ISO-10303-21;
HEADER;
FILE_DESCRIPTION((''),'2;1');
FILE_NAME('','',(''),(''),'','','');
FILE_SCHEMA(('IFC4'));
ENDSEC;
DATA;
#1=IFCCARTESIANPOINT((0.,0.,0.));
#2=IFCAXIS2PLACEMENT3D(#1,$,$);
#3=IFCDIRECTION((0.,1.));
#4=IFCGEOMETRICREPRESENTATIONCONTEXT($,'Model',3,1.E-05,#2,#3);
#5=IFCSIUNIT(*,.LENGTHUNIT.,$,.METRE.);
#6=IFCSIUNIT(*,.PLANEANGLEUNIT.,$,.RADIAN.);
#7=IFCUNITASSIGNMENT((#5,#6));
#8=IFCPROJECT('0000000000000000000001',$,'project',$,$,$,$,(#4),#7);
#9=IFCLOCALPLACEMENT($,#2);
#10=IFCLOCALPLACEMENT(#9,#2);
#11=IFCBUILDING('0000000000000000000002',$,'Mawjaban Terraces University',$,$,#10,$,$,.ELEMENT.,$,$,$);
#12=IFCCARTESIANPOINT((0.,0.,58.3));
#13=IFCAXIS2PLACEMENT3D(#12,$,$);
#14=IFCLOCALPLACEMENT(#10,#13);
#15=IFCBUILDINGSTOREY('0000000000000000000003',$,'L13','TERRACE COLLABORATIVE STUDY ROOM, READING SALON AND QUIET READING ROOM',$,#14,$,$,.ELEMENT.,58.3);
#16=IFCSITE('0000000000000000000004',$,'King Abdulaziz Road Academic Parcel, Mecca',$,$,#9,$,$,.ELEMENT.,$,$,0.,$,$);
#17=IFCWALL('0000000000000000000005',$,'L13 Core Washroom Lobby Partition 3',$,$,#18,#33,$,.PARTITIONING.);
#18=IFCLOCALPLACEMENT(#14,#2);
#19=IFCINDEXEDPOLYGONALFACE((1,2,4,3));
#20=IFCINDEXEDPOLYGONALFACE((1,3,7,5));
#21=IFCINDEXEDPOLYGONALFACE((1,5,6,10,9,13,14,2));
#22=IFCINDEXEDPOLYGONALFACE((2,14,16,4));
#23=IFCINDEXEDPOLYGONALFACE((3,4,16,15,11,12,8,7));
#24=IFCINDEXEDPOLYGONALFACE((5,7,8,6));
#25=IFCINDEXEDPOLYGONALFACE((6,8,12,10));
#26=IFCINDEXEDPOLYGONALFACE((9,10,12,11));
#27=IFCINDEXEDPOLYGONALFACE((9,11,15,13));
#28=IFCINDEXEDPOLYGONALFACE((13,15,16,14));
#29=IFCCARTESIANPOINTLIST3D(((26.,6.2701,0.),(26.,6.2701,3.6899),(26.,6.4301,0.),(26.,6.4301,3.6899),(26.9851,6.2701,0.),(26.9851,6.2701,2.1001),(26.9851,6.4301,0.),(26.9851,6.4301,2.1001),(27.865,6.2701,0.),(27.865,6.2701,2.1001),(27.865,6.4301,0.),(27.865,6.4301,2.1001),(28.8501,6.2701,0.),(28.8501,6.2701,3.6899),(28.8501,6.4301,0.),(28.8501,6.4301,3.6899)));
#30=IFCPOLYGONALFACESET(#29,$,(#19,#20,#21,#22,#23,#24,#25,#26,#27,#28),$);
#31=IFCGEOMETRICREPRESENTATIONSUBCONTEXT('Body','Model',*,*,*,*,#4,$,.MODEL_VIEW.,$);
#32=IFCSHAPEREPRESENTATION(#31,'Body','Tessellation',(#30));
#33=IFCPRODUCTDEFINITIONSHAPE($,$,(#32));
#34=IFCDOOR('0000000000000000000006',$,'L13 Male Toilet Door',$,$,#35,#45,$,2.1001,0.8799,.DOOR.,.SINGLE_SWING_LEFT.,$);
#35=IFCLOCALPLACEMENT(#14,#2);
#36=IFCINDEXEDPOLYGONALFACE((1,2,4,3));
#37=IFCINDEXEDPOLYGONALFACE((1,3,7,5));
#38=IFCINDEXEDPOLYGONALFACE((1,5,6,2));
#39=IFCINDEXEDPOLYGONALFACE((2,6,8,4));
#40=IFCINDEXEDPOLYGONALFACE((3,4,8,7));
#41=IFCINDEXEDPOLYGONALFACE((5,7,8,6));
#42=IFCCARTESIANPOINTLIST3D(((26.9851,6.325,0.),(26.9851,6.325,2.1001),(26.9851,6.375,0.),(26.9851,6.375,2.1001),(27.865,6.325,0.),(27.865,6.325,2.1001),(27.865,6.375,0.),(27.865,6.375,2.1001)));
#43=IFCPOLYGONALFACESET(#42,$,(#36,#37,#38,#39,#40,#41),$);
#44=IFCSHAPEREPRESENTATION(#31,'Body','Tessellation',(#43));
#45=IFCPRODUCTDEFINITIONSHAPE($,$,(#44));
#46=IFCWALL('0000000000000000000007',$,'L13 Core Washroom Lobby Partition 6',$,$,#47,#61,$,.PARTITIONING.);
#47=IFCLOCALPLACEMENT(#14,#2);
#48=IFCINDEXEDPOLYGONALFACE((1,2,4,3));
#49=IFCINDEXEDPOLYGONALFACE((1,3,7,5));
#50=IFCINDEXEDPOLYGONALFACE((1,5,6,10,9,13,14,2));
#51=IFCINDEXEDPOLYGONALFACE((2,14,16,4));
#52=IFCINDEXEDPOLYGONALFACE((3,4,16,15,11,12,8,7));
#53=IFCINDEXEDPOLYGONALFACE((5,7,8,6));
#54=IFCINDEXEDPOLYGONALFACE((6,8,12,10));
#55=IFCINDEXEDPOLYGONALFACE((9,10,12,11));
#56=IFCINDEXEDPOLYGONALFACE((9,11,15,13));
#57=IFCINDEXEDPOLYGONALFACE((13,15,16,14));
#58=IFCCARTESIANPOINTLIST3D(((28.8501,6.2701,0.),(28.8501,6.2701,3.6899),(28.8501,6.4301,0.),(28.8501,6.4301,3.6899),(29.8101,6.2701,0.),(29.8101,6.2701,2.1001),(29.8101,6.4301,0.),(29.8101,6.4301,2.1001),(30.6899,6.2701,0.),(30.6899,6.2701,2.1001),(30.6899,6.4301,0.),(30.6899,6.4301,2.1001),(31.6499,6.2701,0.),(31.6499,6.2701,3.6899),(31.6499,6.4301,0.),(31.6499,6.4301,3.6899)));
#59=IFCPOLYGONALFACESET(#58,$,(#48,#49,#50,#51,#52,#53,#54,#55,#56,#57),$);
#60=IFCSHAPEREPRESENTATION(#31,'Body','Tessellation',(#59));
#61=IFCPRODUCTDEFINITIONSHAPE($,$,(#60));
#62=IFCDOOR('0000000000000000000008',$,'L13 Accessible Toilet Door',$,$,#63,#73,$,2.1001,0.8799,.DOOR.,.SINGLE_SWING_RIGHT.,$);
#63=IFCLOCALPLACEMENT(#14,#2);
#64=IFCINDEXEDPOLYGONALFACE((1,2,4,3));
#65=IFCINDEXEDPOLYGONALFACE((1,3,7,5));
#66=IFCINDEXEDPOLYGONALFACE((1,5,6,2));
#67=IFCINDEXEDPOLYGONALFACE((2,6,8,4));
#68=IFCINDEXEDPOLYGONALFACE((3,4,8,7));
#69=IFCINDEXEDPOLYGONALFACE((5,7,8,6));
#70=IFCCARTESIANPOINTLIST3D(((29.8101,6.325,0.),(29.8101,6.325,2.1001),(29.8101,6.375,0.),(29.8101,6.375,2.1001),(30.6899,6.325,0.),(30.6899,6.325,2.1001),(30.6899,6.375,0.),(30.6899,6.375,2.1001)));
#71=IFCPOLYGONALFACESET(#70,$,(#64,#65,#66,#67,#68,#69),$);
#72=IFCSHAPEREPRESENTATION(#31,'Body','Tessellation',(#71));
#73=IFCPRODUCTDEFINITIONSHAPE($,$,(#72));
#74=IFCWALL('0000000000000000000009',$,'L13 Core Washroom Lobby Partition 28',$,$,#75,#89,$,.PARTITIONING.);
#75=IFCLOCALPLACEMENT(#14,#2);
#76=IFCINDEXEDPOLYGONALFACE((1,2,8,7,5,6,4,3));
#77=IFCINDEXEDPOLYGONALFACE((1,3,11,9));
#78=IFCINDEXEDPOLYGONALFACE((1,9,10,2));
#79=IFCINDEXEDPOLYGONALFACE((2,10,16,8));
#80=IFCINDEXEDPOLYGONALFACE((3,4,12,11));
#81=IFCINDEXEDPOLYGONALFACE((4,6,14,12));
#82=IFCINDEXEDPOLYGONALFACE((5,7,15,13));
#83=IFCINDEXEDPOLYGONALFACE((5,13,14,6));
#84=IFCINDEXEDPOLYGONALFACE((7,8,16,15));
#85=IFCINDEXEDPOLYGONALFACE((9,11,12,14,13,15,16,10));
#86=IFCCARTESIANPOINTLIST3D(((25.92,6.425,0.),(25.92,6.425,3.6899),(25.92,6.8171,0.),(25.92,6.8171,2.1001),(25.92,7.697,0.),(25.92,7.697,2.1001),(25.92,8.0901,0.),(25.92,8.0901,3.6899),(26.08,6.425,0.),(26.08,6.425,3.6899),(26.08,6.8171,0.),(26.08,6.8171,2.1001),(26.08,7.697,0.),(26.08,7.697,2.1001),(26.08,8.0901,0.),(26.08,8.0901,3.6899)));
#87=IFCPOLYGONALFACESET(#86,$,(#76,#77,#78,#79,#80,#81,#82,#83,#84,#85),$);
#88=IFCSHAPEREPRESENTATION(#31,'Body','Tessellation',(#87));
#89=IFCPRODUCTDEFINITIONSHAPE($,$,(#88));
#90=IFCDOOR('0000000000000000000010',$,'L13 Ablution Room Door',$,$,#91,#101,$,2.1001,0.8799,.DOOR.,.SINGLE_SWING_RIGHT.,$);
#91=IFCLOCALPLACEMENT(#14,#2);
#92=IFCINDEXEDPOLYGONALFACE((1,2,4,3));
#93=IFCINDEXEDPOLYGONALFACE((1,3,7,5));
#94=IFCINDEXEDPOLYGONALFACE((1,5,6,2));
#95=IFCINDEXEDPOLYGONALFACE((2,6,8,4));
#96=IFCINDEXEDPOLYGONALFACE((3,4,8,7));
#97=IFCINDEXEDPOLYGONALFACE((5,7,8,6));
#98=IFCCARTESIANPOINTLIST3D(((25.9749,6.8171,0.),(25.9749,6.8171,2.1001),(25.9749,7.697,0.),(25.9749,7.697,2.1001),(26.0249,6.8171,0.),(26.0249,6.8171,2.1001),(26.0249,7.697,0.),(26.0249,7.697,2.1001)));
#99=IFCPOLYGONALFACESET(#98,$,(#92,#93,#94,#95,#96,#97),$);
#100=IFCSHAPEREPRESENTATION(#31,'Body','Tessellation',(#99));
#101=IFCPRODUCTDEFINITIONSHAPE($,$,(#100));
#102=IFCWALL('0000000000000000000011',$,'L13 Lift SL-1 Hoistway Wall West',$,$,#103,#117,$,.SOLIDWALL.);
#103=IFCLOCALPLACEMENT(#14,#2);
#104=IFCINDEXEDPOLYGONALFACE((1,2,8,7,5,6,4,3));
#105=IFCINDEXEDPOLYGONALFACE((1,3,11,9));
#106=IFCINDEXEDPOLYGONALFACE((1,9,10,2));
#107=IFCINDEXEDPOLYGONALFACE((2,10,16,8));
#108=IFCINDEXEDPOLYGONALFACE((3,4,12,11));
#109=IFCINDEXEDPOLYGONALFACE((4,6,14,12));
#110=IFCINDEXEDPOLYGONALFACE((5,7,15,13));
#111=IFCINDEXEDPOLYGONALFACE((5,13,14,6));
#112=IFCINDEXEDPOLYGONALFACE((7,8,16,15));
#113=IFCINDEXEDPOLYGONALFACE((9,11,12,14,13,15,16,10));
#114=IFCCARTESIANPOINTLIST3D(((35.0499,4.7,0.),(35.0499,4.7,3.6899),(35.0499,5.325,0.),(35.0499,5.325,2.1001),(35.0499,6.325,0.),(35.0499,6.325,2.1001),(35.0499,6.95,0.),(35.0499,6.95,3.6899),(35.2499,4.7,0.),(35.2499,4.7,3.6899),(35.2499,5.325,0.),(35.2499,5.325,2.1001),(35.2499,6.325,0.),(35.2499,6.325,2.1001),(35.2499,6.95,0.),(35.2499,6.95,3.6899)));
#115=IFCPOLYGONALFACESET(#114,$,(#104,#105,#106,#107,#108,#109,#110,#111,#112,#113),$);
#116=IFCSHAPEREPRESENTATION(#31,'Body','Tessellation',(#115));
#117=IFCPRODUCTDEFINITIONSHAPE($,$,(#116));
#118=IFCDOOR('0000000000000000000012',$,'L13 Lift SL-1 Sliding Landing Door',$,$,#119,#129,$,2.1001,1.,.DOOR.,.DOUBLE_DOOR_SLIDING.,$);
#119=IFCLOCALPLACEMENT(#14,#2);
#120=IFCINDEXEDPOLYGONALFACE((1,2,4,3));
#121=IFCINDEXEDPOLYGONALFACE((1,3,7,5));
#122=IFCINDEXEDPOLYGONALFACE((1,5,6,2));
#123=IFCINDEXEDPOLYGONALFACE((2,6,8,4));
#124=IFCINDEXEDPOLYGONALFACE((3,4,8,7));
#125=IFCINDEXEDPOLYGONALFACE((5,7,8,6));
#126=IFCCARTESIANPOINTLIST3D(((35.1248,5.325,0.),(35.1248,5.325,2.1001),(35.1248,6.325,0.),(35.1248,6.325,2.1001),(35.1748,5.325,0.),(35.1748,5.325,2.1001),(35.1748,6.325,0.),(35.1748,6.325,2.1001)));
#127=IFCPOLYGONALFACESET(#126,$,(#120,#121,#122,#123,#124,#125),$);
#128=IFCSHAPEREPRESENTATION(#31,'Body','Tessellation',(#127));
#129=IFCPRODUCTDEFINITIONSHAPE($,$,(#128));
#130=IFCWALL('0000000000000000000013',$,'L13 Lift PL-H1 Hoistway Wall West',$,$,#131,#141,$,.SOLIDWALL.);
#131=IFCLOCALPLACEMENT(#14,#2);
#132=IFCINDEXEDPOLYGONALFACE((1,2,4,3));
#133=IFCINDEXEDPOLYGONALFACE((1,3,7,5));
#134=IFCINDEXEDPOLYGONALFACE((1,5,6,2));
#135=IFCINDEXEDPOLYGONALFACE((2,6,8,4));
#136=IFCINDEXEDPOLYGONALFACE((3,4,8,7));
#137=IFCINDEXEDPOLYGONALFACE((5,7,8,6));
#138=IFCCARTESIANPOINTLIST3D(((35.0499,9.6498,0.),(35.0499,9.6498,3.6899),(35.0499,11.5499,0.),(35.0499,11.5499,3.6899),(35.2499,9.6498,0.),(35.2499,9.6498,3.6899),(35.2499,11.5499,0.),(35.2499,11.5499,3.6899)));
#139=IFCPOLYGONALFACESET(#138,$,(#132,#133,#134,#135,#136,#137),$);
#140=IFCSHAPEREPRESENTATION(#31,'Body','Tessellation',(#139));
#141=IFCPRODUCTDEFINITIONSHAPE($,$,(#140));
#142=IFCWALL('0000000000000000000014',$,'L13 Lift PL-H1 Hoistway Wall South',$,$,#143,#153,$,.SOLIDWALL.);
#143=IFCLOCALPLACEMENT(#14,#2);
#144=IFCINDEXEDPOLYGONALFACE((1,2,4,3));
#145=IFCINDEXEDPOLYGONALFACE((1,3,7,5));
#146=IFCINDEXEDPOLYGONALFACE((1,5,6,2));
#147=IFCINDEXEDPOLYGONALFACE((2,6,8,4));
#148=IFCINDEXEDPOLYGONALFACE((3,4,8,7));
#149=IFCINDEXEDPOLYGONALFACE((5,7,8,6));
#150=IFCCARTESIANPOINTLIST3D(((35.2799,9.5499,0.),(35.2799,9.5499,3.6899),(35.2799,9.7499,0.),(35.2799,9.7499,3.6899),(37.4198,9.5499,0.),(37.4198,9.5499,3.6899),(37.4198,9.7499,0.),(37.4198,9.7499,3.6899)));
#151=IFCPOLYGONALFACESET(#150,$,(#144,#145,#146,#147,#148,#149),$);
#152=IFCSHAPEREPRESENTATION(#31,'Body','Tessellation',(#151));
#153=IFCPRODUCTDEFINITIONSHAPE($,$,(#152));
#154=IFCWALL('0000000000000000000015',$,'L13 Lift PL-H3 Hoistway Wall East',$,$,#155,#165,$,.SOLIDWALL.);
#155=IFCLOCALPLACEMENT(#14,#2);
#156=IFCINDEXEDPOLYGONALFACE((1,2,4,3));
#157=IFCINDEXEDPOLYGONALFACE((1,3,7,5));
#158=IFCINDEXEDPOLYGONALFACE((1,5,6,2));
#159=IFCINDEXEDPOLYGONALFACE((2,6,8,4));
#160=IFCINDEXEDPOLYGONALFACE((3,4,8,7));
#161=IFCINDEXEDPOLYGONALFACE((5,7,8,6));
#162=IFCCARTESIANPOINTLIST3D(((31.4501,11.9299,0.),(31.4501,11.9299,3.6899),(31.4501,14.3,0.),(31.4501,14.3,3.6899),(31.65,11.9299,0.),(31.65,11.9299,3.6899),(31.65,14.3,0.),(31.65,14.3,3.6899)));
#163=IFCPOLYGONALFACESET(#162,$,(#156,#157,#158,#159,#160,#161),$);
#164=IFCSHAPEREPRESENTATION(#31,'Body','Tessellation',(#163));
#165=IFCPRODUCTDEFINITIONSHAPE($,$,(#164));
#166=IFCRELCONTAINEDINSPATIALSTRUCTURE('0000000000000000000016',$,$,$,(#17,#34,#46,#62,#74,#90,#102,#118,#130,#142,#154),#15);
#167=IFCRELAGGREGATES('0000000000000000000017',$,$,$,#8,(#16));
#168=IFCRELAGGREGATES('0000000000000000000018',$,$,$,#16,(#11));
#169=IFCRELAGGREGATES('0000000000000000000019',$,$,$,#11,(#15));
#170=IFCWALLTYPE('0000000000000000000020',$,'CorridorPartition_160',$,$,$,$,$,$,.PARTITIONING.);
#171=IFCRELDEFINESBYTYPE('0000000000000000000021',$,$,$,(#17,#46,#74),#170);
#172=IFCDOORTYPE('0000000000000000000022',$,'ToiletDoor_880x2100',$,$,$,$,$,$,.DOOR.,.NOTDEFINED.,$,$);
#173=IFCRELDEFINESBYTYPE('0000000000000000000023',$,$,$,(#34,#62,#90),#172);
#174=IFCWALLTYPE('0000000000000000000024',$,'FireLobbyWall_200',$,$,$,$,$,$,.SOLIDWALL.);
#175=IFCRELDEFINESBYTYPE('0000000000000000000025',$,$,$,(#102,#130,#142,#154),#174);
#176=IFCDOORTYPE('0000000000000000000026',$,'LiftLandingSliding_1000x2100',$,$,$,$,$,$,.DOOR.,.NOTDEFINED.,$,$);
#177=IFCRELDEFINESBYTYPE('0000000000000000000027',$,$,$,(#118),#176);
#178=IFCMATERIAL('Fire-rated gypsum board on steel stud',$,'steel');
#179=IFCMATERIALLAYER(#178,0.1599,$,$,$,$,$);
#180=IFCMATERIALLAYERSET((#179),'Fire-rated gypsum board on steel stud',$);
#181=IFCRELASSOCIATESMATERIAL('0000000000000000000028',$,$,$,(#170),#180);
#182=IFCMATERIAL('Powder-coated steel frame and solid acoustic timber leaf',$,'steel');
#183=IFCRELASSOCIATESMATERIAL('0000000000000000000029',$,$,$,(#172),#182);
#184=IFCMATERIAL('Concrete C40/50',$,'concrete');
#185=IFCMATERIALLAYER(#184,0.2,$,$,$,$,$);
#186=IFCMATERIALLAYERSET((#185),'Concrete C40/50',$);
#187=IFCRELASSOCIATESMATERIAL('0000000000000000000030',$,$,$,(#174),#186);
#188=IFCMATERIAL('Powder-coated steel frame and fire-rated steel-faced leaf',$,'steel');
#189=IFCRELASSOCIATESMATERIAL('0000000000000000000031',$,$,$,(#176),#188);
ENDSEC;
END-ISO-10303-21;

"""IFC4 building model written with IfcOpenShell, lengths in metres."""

from ifc_helpers import new_model, si_unit, direction, frame, frame_2d, origin, place, context, subcontext, project, spatial, rectangle, extrude, material, layer, layer_set, type_object, element, fill, save


model = new_model("IFC4")

# Units and contexts
model_context = context("Model", 3, precision=1e-05, world=origin(), true_north=direction((0.0, 1.0)))
body_context = subcontext(model_context, "Body", "Model", "MODEL_VIEW")
ifc_project = project(units=[si_unit("LENGTHUNIT", "METRE"), si_unit("PLANEANGLEUNIT", "RADIAN")], contexts=[model_context])

# Site, building, storey
site_placement = place(None, origin())
site = spatial("IfcSite", under=ifc_project, at=site_placement, Name="King Abdulaziz Road Academic Parcel, Mecca", CompositionType="ELEMENT", RefElevation=0.0)
building_placement = place(site_placement, origin())
building = spatial("IfcBuilding", under=site, at=building_placement, Name="Mawjaban Terraces University", CompositionType="ELEMENT")
storey_placement = place(building_placement, frame((0.0, 0.0, 58.3)))
storey = spatial("IfcBuildingStorey", under=building, at=storey_placement, Name="L13", Description="TERRACE COLLABORATIVE STUDY ROOM, READING SALON AND QUIET READING ROOM", CompositionType="ELEMENT", Elevation=58.3)

# Walls, openings, doors
ifc_material_1 = material(Name="Fire-rated gypsum board on steel stud", Category="steel")
ifc_layer_1 = layer(ifc_material_1, 0.1599)
ifc_layer_set_1 = layer_set([ifc_layer_1], Name="Fire-rated gypsum board on steel stud")
wall_type_1 = type_object("IfcWallType", Name="CorridorPartition_160", PredefinedType="PARTITIONING", material=ifc_layer_set_1)
wall_1_placement = place(storey_placement, frame((26.0, 6.3501, 0.0), z_axis=(0.0, 0.0, 1.0), x_axis=(1.0, 0.0, 0.0)))
wall_1 = element("IfcWall", 1, at=wall_1_placement, inside=storey, type_object=wall_type_1, Name="L13 Core Washroom Lobby Partition 3", PredefinedType="PARTITIONING", context=body_context, shape_type="SweptSolid", body=[
    extrude(rectangle(XDim=2.8501, YDim=0.1599, at=frame_2d((1.425, 0.0))), origin(), (0.0, 0.0, 1.0), 3.6899),
])
opening_1_placement = place(wall_1_placement, frame((0.9851, 0.0, 0.0)))
opening_1 = element("IfcOpeningElement", 2, at=opening_1_placement, cuts=wall_1, PredefinedType="OPENING", context=body_context, shape_type="SweptSolid", body=[
    extrude(rectangle(XDim=0.8799, YDim=2.1001, at=frame_2d((0.4399, 1.05))), frame((0.0, 0.0898, 0.0), z_axis=(0.0, -1.0, 0.0), x_axis=(1.0, 0.0, 0.0)), (0.0, 0.0, 1.0), 0.1799),
])
ifc_material_2 = material(Name="Powder-coated steel frame and solid acoustic timber leaf", Category="steel")
door_type_1 = type_object("IfcDoorType", Name="ToiletDoor_880x2100", OperationType="NOTDEFINED", PredefinedType="DOOR", material=ifc_material_2)
door_1_placement = place(opening_1_placement, origin())
door_1 = element("IfcDoor", 3, at=door_1_placement, inside=storey, type_object=door_type_1, Name="L13 Male Toilet Door", OperationType="SINGLE_SWING_LEFT", OverallHeight=2.1001, OverallWidth=0.8799, PredefinedType="DOOR", context=body_context, shape_type="SweptSolid", body=[
    extrude(rectangle(XDim=0.8799, YDim=2.1001, at=frame_2d((0.4399, 1.05))), frame((0.0, 0.0249, 0.0), z_axis=(0.0, -1.0, 0.0), x_axis=(1.0, 0.0, 0.0)), (0.0, 0.0, 1.0), 0.05),
])
fill(opening_1, door_1)
wall_2_placement = place(storey_placement, frame((28.8501, 6.3501, 0.0), z_axis=(0.0, 0.0, 1.0), x_axis=(1.0, 0.0, 0.0)))
wall_2 = element("IfcWall", 4, at=wall_2_placement, inside=storey, type_object=wall_type_1, Name="L13 Core Washroom Lobby Partition 6", PredefinedType="PARTITIONING", context=body_context, shape_type="SweptSolid", body=[
    extrude(rectangle(XDim=2.7998, YDim=0.1599, at=frame_2d((1.3999, 0.0))), origin(), (0.0, 0.0, 1.0), 3.6899),
])
opening_2_placement = place(wall_2_placement, frame((0.96, 0.0, 0.0)))
opening_2 = element("IfcOpeningElement", 5, at=opening_2_placement, cuts=wall_2, PredefinedType="OPENING", context=body_context, shape_type="SweptSolid", body=[
    extrude(rectangle(XDim=0.8799, YDim=2.1001, at=frame_2d((0.4399, 1.05))), frame((0.0, 0.0898, 0.0), z_axis=(0.0, -1.0, 0.0), x_axis=(1.0, 0.0, 0.0)), (0.0, 0.0, 1.0), 0.1799),
])
door_2_placement = place(opening_2_placement, origin())
door_2 = element("IfcDoor", 6, at=door_2_placement, inside=storey, type_object=door_type_1, Name="L13 Accessible Toilet Door", OperationType="SINGLE_SWING_RIGHT", OverallHeight=2.1001, OverallWidth=0.8799, PredefinedType="DOOR", context=body_context, shape_type="SweptSolid", body=[
    extrude(rectangle(XDim=0.8799, YDim=2.1001, at=frame_2d((0.4399, 1.05))), frame((0.0, 0.0249, 0.0), z_axis=(0.0, -1.0, 0.0), x_axis=(1.0, 0.0, 0.0)), (0.0, 0.0, 1.0), 0.05),
])
fill(opening_2, door_2)
wall_3_placement = place(storey_placement, frame((26.0, 8.0901, 0.0), z_axis=(0.0, 0.0, 1.0), x_axis=(0.0, -1.0, 0.0)))
wall_3 = element("IfcWall", 7, at=wall_3_placement, inside=storey, type_object=wall_type_1, Name="L13 Core Washroom Lobby Partition 28", PredefinedType="PARTITIONING", context=body_context, shape_type="SweptSolid", body=[
    extrude(rectangle(XDim=1.665, YDim=0.1599, at=frame_2d((0.8325, 0.0))), origin(), (0.0, 0.0, 1.0), 3.6899),
])
opening_3_placement = place(wall_3_placement, frame((0.3931, 0.0, 0.0)))
opening_3 = element("IfcOpeningElement", 8, at=opening_3_placement, cuts=wall_3, PredefinedType="OPENING", context=body_context, shape_type="SweptSolid", body=[
    extrude(rectangle(XDim=0.8799, YDim=2.1001, at=frame_2d((0.4399, 1.05))), frame((0.0, 0.0898, 0.0), z_axis=(0.0, -1.0, 0.0), x_axis=(1.0, 0.0, 0.0)), (0.0, 0.0, 1.0), 0.1799),
])
door_3_placement = place(opening_3_placement, origin())
door_3 = element("IfcDoor", 9, at=door_3_placement, inside=storey, type_object=door_type_1, Name="L13 Ablution Room Door", OperationType="SINGLE_SWING_RIGHT", OverallHeight=2.1001, OverallWidth=0.8799, PredefinedType="DOOR", context=body_context, shape_type="SweptSolid", body=[
    extrude(rectangle(XDim=0.8799, YDim=2.1001, at=frame_2d((0.4399, 1.05))), frame((0.0, 0.0249, 0.0), z_axis=(0.0, -1.0, 0.0), x_axis=(1.0, 0.0, 0.0)), (0.0, 0.0, 1.0), 0.05),
])
fill(opening_3, door_3)
ifc_material_3 = material(Name="Concrete C40/50", Category="concrete")
ifc_layer_2 = layer(ifc_material_3, 0.2)
ifc_layer_set_2 = layer_set([ifc_layer_2], Name="Concrete C40/50")
wall_type_2 = type_object("IfcWallType", Name="FireLobbyWall_200", PredefinedType="SOLIDWALL", material=ifc_layer_set_2)
wall_4_placement = place(storey_placement, frame((35.1499, 6.95, 0.0), z_axis=(0.0, 0.0, 1.0), x_axis=(0.0, -1.0, 0.0)))
wall_4 = element("IfcWall", 10, at=wall_4_placement, inside=storey, type_object=wall_type_2, Name="L13 Lift SL-1 Hoistway Wall West", PredefinedType="SOLIDWALL", context=body_context, shape_type="SweptSolid", body=[
    extrude(rectangle(XDim=2.25, YDim=0.2, at=frame_2d((1.125, 0.0))), origin(), (0.0, 0.0, 1.0), 3.6899),
])
opening_4_placement = place(wall_4_placement, frame((0.625, 0.0, 0.0)))
opening_4 = element("IfcOpeningElement", 11, at=opening_4_placement, cuts=wall_4, PredefinedType="OPENING", context=body_context, shape_type="SweptSolid", body=[
    extrude(rectangle(XDim=1.0, YDim=2.1001, at=frame_2d((0.5, 1.05))), frame((0.0, 0.1099, 0.0), z_axis=(0.0, -1.0, 0.0), x_axis=(1.0, 0.0, 0.0)), (0.0, 0.0, 1.0), 0.22),
])
ifc_material_4 = material(Name="Powder-coated steel frame and fire-rated steel-faced leaf", Category="steel")
door_type_2 = type_object("IfcDoorType", Name="LiftLandingSliding_1000x2100", OperationType="NOTDEFINED", PredefinedType="DOOR", material=ifc_material_4)
door_4_placement = place(opening_4_placement, origin())
door_4 = element("IfcDoor", 12, at=door_4_placement, inside=storey, type_object=door_type_2, Name="L13 Lift SL-1 Sliding Landing Door", OperationType="DOUBLE_DOOR_SLIDING", OverallHeight=2.1001, OverallWidth=1.0, PredefinedType="DOOR", context=body_context, shape_type="SweptSolid", body=[
    extrude(rectangle(XDim=1.0, YDim=2.1001, at=frame_2d((0.5, 1.05))), frame((0.0, 0.0249, 0.0), z_axis=(0.0, -1.0, 0.0), x_axis=(1.0, 0.0, 0.0)), (0.0, 0.0, 1.0), 0.05),
])
fill(opening_4, door_4)

# Walls
wall_5_placement = place(storey_placement, frame((35.1499, 11.55, 0.0), z_axis=(0.0, 0.0, 1.0), x_axis=(0.0, -1.0, 0.0)))
element("IfcWall", 13, at=wall_5_placement, inside=storey, type_object=wall_type_2, Name="L13 Lift PL-H1 Hoistway Wall West", PredefinedType="SOLIDWALL", context=body_context, shape_type="SweptSolid", body=[
    extrude(rectangle(XDim=1.9001, YDim=0.2, at=frame_2d((0.9502, 0.0))), origin(), (0.0, 0.0, 1.0), 3.6899),
])
wall_6_placement = place(storey_placement, frame((35.28, 9.6499, 0.0), z_axis=(0.0, 0.0, 1.0), x_axis=(1.0, 0.0, 0.0)))
element("IfcWall", 14, at=wall_6_placement, inside=storey, type_object=wall_type_2, Name="L13 Lift PL-H1 Hoistway Wall South", PredefinedType="SOLIDWALL", context=body_context, shape_type="SweptSolid", body=[
    extrude(rectangle(XDim=2.1399, YDim=0.2, at=frame_2d((1.0698, 0.0))), origin(), (0.0, 0.0, 1.0), 3.6899),
])
wall_7_placement = place(storey_placement, frame((31.55, 11.9299, 0.0), z_axis=(0.0, 0.0, 1.0), x_axis=(0.0, 1.0, 0.0)))
element("IfcWall", 15, at=wall_7_placement, inside=storey, type_object=wall_type_2, Name="L13 Lift PL-H3 Hoistway Wall East", PredefinedType="SOLIDWALL", context=body_context, shape_type="SweptSolid", body=[
    extrude(rectangle(XDim=2.3701, YDim=0.2, at=frame_2d((1.1851, 0.0))), origin(), (0.0, 0.0, 1.0), 3.6899),
])

save(model, "model.ifc")
